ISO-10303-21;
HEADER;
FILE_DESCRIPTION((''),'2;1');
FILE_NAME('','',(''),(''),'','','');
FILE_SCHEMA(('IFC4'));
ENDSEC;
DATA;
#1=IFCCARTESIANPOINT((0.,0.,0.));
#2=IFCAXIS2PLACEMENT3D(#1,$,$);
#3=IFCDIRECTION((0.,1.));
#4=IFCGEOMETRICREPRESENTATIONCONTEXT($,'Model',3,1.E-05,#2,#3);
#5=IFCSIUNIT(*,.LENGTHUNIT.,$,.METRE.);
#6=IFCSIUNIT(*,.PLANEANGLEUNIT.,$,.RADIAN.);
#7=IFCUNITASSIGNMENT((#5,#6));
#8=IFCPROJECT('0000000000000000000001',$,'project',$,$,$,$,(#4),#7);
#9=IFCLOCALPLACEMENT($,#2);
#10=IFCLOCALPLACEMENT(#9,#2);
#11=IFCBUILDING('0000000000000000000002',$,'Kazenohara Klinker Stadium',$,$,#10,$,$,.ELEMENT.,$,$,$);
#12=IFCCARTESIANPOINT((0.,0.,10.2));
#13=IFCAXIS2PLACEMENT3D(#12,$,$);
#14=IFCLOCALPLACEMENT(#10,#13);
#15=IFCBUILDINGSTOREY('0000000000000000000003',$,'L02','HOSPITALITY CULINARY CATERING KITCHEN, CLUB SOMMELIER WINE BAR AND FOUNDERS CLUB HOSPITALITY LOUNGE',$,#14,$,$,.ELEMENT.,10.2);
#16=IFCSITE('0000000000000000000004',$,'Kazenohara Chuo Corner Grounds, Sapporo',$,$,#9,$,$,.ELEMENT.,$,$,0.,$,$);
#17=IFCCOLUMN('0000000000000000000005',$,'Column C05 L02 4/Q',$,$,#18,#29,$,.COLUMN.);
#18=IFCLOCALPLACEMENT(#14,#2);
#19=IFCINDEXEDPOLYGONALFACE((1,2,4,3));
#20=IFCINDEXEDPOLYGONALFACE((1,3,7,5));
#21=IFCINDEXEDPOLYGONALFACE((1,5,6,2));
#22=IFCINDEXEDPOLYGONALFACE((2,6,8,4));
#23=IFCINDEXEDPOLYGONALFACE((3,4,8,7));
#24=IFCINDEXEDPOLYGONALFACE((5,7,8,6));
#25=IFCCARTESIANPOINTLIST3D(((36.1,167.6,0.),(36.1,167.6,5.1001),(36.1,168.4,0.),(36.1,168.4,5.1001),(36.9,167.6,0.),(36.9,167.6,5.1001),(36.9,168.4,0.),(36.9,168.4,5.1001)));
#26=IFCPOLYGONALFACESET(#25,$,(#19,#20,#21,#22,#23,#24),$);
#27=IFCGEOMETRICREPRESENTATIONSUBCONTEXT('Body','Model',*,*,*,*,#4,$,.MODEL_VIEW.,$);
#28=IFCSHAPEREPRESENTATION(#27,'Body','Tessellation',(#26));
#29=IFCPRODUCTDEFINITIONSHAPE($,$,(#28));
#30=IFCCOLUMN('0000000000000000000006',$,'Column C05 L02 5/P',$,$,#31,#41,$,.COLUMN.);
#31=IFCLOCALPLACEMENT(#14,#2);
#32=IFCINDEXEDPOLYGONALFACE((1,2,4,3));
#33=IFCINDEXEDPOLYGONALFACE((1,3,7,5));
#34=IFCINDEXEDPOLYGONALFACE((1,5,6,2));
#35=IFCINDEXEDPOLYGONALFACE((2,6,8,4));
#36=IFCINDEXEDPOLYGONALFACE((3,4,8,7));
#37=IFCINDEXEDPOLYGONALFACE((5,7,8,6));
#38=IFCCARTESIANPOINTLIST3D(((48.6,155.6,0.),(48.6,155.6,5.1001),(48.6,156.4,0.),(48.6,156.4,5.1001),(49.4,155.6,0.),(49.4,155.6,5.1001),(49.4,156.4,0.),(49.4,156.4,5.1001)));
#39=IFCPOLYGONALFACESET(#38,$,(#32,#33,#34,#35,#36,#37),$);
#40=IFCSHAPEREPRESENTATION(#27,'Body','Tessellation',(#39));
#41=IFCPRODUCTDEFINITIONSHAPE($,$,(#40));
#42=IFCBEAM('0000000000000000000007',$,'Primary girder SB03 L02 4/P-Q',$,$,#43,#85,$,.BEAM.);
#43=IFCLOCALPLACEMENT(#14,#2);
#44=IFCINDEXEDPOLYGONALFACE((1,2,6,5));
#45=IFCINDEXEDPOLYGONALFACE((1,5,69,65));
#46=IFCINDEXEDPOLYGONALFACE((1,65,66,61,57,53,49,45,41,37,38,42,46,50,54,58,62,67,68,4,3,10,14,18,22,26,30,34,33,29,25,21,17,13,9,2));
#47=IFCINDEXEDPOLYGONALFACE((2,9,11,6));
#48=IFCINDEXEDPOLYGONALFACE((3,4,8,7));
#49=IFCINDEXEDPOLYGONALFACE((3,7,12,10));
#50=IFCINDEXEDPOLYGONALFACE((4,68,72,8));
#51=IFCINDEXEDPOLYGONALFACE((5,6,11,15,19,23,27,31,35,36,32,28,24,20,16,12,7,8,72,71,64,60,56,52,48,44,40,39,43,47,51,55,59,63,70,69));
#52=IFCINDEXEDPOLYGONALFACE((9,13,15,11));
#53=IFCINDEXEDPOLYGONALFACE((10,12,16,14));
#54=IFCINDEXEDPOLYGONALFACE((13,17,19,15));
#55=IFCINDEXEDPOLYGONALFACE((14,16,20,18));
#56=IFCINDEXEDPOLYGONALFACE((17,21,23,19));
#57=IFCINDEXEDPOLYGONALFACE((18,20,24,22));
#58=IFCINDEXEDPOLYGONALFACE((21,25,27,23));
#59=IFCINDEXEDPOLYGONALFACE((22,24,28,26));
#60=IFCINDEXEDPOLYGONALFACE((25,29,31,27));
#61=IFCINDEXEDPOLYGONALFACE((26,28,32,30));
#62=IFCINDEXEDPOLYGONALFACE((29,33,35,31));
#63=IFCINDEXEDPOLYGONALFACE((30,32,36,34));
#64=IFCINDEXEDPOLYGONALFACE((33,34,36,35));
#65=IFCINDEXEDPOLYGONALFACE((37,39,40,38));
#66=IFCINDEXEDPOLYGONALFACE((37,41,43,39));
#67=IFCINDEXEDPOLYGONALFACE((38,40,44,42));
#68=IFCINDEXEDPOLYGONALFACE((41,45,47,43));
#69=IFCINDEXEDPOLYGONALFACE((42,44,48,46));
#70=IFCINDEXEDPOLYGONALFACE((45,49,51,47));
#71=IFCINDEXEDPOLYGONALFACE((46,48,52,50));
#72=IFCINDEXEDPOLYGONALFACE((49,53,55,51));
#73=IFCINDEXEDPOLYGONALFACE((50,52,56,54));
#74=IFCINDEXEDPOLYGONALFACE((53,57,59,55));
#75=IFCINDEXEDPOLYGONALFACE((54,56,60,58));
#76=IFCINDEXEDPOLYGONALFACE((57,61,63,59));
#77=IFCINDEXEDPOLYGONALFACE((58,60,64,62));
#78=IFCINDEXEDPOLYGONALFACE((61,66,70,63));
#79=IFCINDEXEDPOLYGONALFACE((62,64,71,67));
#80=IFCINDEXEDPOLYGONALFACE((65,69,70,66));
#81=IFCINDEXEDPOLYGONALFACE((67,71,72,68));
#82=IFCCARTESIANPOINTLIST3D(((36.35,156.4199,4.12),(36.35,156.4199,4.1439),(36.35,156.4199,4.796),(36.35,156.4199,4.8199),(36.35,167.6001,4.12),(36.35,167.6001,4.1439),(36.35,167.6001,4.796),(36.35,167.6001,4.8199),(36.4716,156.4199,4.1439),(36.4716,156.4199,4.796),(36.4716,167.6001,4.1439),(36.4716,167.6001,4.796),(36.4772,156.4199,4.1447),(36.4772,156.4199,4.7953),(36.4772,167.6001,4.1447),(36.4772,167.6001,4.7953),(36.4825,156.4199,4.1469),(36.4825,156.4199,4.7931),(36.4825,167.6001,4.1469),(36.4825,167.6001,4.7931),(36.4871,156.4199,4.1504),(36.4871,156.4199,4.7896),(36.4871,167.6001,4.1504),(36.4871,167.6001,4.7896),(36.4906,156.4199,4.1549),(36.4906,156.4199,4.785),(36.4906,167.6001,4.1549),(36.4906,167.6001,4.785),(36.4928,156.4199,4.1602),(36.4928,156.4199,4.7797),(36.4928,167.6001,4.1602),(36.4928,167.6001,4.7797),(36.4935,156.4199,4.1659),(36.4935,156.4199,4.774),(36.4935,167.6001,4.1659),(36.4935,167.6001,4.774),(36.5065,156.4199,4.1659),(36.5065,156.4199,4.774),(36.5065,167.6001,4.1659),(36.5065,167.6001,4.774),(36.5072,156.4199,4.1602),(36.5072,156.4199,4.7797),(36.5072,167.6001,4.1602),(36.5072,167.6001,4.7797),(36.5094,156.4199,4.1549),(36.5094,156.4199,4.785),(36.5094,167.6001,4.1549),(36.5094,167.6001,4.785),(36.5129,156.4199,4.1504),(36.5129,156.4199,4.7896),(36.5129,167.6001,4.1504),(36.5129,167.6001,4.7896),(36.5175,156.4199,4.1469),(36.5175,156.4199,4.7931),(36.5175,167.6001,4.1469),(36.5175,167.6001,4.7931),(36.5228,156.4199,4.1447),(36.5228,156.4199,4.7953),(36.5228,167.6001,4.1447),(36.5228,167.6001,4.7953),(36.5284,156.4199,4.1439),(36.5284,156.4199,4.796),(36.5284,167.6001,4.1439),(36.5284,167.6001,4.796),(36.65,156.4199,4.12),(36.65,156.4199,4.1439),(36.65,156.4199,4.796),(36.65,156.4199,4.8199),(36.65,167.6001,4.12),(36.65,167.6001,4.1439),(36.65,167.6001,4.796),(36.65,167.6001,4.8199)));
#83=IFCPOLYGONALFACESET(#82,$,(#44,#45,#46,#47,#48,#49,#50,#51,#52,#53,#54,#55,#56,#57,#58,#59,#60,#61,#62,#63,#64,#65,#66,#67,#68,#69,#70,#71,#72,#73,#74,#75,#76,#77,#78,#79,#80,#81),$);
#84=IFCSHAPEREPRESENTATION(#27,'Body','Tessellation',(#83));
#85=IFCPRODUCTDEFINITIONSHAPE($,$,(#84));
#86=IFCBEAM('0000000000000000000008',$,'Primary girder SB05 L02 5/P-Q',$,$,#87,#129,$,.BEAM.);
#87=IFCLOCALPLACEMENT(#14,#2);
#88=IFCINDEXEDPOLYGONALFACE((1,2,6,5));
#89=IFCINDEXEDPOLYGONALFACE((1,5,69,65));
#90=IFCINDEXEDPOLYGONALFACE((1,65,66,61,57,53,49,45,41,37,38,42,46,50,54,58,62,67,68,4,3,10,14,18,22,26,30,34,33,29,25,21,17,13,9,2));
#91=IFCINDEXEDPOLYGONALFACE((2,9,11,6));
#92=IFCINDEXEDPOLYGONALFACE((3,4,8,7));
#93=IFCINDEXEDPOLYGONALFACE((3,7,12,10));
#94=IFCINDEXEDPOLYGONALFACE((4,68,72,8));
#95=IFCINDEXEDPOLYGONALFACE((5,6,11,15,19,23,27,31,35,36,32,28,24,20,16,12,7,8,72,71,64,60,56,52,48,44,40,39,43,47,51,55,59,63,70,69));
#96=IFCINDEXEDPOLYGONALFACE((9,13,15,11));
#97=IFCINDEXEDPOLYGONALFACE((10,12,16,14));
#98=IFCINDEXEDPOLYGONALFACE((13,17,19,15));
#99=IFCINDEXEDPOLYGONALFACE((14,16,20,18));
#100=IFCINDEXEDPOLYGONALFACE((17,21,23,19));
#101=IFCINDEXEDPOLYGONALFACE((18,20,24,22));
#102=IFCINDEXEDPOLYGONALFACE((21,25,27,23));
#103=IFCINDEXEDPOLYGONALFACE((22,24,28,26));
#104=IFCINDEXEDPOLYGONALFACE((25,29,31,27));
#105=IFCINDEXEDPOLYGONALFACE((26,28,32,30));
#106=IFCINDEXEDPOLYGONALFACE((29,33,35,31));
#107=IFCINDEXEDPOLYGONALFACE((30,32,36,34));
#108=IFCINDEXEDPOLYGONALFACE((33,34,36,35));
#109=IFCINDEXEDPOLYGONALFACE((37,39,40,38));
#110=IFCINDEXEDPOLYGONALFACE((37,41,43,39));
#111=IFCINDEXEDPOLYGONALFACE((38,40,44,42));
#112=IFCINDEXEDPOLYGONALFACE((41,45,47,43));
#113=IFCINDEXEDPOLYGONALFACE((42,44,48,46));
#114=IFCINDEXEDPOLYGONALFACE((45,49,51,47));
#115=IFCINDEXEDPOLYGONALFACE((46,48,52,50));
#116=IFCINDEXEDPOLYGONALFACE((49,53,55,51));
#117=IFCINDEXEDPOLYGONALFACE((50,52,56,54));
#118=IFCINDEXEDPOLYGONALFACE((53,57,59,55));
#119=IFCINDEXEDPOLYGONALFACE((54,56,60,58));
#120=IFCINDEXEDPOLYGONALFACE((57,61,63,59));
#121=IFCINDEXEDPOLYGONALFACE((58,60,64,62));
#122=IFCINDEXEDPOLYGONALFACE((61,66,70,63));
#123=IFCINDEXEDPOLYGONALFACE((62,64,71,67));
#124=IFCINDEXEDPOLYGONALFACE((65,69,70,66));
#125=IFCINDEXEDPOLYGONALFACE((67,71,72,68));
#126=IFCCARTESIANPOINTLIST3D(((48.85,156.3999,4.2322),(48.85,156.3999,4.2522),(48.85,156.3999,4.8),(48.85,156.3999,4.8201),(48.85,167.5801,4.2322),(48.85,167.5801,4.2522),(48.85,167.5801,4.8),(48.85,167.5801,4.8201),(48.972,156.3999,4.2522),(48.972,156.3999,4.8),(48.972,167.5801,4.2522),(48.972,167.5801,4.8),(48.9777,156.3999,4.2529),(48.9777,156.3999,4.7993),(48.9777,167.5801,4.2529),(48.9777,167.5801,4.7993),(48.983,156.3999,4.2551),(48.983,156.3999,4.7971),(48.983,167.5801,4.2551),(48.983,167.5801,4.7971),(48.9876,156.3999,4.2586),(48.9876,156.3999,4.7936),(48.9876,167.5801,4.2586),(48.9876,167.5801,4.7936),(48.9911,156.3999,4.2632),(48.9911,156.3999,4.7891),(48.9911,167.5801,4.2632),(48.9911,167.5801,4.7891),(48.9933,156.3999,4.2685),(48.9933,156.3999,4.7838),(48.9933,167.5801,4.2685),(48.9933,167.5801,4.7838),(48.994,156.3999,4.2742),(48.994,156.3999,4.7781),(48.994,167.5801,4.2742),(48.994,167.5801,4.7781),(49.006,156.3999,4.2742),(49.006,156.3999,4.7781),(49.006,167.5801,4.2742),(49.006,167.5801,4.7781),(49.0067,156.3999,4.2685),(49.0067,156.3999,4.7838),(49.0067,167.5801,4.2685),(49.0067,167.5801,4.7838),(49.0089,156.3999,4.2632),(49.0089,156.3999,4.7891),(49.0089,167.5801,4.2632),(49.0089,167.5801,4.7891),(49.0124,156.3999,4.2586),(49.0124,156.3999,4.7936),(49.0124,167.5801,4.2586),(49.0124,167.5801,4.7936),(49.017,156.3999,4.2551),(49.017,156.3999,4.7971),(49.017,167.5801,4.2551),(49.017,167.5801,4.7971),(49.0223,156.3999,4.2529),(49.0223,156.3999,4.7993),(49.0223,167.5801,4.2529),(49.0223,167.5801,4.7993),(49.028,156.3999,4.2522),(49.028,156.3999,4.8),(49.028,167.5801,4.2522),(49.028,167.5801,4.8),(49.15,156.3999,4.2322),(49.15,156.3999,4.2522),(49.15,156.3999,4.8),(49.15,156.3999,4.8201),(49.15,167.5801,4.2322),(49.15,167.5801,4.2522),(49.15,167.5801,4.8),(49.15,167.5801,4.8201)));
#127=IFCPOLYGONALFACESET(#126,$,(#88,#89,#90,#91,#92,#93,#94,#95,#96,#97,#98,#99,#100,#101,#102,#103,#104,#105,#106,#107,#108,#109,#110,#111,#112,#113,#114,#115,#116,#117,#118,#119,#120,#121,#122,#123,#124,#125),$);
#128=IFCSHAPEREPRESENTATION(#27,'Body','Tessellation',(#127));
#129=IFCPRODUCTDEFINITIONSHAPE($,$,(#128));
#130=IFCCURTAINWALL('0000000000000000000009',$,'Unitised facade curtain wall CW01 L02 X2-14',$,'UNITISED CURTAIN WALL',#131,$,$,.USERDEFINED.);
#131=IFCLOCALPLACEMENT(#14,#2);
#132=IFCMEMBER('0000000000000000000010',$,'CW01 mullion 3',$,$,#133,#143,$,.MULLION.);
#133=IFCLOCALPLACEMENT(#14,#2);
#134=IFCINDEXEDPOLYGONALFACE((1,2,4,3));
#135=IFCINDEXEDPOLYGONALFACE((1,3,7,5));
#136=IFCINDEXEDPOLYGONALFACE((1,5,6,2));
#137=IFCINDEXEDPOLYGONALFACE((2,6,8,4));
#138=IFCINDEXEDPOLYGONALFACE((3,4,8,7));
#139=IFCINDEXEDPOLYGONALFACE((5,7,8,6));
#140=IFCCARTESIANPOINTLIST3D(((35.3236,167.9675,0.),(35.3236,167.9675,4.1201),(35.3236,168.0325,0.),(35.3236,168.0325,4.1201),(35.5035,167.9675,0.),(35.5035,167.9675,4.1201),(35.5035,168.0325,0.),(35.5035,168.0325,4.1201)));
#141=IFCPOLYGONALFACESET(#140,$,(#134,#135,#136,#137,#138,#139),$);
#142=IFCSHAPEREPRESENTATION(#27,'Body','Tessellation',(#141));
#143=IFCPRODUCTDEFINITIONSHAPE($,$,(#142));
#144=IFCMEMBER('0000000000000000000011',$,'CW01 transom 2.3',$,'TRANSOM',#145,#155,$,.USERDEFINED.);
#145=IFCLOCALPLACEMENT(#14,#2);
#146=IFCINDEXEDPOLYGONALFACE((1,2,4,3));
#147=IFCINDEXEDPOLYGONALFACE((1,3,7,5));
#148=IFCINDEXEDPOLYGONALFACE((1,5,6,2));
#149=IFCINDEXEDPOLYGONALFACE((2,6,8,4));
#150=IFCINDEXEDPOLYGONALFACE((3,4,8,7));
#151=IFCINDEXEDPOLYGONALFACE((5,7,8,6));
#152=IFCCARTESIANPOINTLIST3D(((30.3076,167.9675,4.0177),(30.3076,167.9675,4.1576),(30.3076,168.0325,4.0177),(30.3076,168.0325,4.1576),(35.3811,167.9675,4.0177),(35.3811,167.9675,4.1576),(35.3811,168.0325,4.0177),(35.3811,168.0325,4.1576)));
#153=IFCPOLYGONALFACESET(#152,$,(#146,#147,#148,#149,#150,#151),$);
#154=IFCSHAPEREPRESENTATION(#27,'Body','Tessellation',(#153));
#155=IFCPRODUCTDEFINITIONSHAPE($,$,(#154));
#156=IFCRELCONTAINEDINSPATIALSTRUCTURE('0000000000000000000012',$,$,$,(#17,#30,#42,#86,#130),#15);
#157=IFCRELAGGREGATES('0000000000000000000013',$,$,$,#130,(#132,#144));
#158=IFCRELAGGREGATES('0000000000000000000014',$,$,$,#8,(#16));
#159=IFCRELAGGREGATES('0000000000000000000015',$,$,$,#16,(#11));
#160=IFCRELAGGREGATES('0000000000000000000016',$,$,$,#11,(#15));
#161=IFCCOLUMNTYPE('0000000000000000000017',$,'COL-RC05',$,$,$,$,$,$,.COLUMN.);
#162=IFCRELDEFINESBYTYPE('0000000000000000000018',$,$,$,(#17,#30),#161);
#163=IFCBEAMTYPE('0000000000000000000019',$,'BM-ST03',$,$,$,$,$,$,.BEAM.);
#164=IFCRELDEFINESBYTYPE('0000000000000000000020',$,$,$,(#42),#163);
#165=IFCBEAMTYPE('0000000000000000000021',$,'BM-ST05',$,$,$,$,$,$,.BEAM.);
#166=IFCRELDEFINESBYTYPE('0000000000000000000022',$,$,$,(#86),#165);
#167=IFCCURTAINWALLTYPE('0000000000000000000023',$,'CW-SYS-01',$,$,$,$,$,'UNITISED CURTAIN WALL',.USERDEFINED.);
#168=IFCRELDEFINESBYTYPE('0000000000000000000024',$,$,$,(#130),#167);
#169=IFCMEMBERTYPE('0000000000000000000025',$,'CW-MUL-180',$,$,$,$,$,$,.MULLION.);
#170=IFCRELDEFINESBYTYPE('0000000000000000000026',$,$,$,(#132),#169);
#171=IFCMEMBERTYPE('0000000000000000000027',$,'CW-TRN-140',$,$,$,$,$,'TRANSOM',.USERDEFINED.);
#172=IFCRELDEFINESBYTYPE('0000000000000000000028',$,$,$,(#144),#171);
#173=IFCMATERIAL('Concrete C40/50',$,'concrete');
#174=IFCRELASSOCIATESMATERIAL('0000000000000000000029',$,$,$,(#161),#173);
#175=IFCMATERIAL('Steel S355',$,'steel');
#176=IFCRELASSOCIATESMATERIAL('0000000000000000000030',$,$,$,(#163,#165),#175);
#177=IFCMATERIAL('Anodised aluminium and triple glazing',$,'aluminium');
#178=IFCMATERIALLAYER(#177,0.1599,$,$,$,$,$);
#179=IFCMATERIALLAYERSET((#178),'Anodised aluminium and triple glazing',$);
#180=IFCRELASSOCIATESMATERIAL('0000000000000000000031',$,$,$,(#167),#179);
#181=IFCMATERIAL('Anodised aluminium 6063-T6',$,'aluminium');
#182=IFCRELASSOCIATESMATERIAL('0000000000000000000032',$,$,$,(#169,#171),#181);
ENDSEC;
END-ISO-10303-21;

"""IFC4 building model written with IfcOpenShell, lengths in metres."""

from ifc_helpers import new_model, si_unit, direction, frame, origin, origin_2d, place, context, subcontext, project, spatial, rectangle, i_section, extrude, material, layer, layer_set, material_profile, profile_set, type_object, element, aggregate, save


model = new_model("IFC4")

# Units and contexts
model_context = context("Model", 3, precision=1e-05, world=origin(), true_north=direction((0.0, 1.0)))
body_context = subcontext(model_context, "Body", "Model", "MODEL_VIEW")
ifc_project = project(units=[si_unit("LENGTHUNIT", "METRE"), si_unit("PLANEANGLEUNIT", "RADIAN")], contexts=[model_context])

# Site, building, storey
site_placement = place(None, origin())
site = spatial("IfcSite", under=ifc_project, at=site_placement, Name="Kazenohara Chuo Corner Grounds, Sapporo", CompositionType="ELEMENT", RefElevation=0.0)
building_placement = place(site_placement, origin())
building = spatial("IfcBuilding", under=site, at=building_placement, Name="Kazenohara Klinker Stadium", CompositionType="ELEMENT")
storey_placement = place(building_placement, frame((0.0, 0.0, 10.2)))
storey = spatial("IfcBuildingStorey", under=building, at=storey_placement, Name="L02", Description="HOSPITALITY CULINARY CATERING KITCHEN, CLUB SOMMELIER WINE BAR AND FOUNDERS CLUB HOSPITALITY LOUNGE", CompositionType="ELEMENT", Elevation=10.2)

# Columns
ifc_material_1 = material(Name="Concrete C40/50", Category="concrete")
ifc_material_profile_1 = material_profile(ifc_material_1, rectangle(XDim=0.8, YDim=0.8, at=origin_2d()), Name="RC-COL-800x800")
ifc_profile_set_1 = profile_set([ifc_material_profile_1], Name="Concrete C40/50")
column_type = type_object("IfcColumnType", Name="COL-RC05", PredefinedType="COLUMN", material=ifc_profile_set_1)
for number, where, z_axis, x_axis, name in (
    (1, (36.5, 168.0, 0.0), (0.0, 0.0, 1.0), (1.0, 0.0, 0.0), "Column C05 L02 4/Q"),
    (2, (49.0, 156.0, 0.0), (0.0, 0.0, 1.0), (1.0, 0.0, 0.0), "Column C05 L02 5/P"),
):
    element("IfcColumn", number, at=place(storey_placement, frame(where, z_axis=z_axis, x_axis=x_axis)), inside=storey, type_object=column_type, Name=name, PredefinedType="COLUMN", context=body_context, shape_type="SweptSolid", body=[
        extrude(rectangle(XDim=0.8, YDim=0.8, at=origin_2d()), origin(), (0.0, 0.0, 1.0), 5.1001),
    ])

# Beams
ifc_material_2 = material(Name="Steel S355", Category="steel")
ifc_material_profile_2 = material_profile(ifc_material_2, i_section(OverallWidth=0.3, OverallDepth=0.7, WebThickness=0.0129, FlangeThickness=0.0239, FilletRadius=0.022, at=origin_2d()), Name="H-700x300x13x24")
ifc_profile_set_2 = profile_set([ifc_material_profile_2], Name="Steel S355")
beam_type_1 = type_object("IfcBeamType", Name="BM-ST03", PredefinedType="BEAM", material=ifc_profile_set_2)
beam_1_placement = place(storey_placement, frame((36.5, 156.4199, 4.47), z_axis=(0.0, 1.0, 0.0), x_axis=(-1.0, 0.0, 0.0)))
element("IfcBeam", 3, at=beam_1_placement, inside=storey, type_object=beam_type_1, Name="Primary girder SB03 L02 4/P-Q", PredefinedType="BEAM", context=body_context, shape_type="SweptSolid", body=[
    extrude(i_section(OverallWidth=0.3, OverallDepth=0.7, WebThickness=0.0129, FlangeThickness=0.0239, FilletRadius=0.022, at=origin_2d()), origin(), (0.0, 0.0, 1.0), 11.1802),
])
ifc_material_profile_3 = material_profile(ifc_material_2, i_section(OverallWidth=0.3, OverallDepth=0.5879, WebThickness=0.012, FlangeThickness=0.02, FilletRadius=0.022, at=origin_2d()), Name="H-588x300x12x20")
ifc_profile_set_3 = profile_set([ifc_material_profile_3], Name="Steel S355")
beam_type_2 = type_object("IfcBeamType", Name="BM-ST05", PredefinedType="BEAM", material=ifc_profile_set_3)
beam_2_placement = place(storey_placement, frame((49.0, 156.3999, 4.5261), z_axis=(0.0, 1.0, 0.0), x_axis=(-1.0, 0.0, 0.0)))
element("IfcBeam", 4, at=beam_2_placement, inside=storey, type_object=beam_type_2, Name="Primary girder SB05 L02 5/P-Q", PredefinedType="BEAM", context=body_context, shape_type="SweptSolid", body=[
    extrude(i_section(OverallWidth=0.3, OverallDepth=0.5879, WebThickness=0.012, FlangeThickness=0.02, FilletRadius=0.022, at=origin_2d()), origin(), (0.0, 0.0, 1.0), 11.1802),
])

# Curtain wall, members
ifc_material_3 = material(Name="Anodised aluminium and triple glazing", Category="aluminium")
ifc_layer_1 = layer(ifc_material_3, 0.1599)
ifc_layer_set_1 = layer_set([ifc_layer_1], Name="Anodised aluminium and triple glazing")
curtain_wall_type = type_object("IfcCurtainWallType", Name="CW-SYS-01", ElementType="UNITISED CURTAIN WALL", PredefinedType="USERDEFINED", material=ifc_layer_set_1)
curtain_wall_placement = place(storey_placement, origin())
curtain_wall = element("IfcCurtainWall", 5, at=curtain_wall_placement, inside=storey, type_object=curtain_wall_type, Name="Unitised facade curtain wall CW01 L02 X2-14", ObjectType="UNITISED CURTAIN WALL", PredefinedType="USERDEFINED")
ifc_material_4 = material(Name="Anodised aluminium 6063-T6", Category="aluminium")
ifc_material_profile_4 = material_profile(ifc_material_4, rectangle(XDim=0.0649, YDim=0.1799, at=origin_2d()), Name="ALU-MUL-65x180")
ifc_profile_set_4 = profile_set([ifc_material_profile_4], Name="Anodised aluminium 6063-T6")
member_type_1 = type_object("IfcMemberType", Name="CW-MUL-180", PredefinedType="MULLION", material=ifc_profile_set_4)
member_1_placement = place(storey_placement, frame((35.4136, 168.0, 0.0), z_axis=(0.0, 0.0, 1.0), x_axis=(0.0, 1.0, 0.0)))
member_1 = element("IfcMember", 6, at=member_1_placement, type_object=member_type_1, Name="CW01 mullion 3", PredefinedType="MULLION", context=body_context, shape_type="SweptSolid", body=[
    extrude(rectangle(XDim=0.0649, YDim=0.1799, at=origin_2d()), origin(), (0.0, 0.0, 1.0), 4.1201),
])
ifc_material_profile_5 = material_profile(ifc_material_4, rectangle(XDim=0.0649, YDim=0.1399, at=origin_2d()), Name="ALU-TRN-65x140")
ifc_profile_set_5 = profile_set([ifc_material_profile_5], Name="Anodised aluminium 6063-T6")
member_type_2 = type_object("IfcMemberType", Name="CW-TRN-140", ElementType="TRANSOM", PredefinedType="USERDEFINED", material=ifc_profile_set_5)
member_2_placement = place(storey_placement, frame((30.3076, 168.0, 4.0876), z_axis=(1.0, 0.0, 0.0), x_axis=(0.0, 1.0, 0.0)))
member_2 = element("IfcMember", 7, at=member_2_placement, type_object=member_type_2, Name="CW01 transom 2.3", ObjectType="TRANSOM", PredefinedType="USERDEFINED", context=body_context, shape_type="SweptSolid", body=[
    extrude(rectangle(XDim=0.0649, YDim=0.1399, at=origin_2d()), origin(), (0.0, 0.0, 1.0), 5.0735),
])

aggregate(curtain_wall, [member_1, member_2])

save(model, "model.ifc")
